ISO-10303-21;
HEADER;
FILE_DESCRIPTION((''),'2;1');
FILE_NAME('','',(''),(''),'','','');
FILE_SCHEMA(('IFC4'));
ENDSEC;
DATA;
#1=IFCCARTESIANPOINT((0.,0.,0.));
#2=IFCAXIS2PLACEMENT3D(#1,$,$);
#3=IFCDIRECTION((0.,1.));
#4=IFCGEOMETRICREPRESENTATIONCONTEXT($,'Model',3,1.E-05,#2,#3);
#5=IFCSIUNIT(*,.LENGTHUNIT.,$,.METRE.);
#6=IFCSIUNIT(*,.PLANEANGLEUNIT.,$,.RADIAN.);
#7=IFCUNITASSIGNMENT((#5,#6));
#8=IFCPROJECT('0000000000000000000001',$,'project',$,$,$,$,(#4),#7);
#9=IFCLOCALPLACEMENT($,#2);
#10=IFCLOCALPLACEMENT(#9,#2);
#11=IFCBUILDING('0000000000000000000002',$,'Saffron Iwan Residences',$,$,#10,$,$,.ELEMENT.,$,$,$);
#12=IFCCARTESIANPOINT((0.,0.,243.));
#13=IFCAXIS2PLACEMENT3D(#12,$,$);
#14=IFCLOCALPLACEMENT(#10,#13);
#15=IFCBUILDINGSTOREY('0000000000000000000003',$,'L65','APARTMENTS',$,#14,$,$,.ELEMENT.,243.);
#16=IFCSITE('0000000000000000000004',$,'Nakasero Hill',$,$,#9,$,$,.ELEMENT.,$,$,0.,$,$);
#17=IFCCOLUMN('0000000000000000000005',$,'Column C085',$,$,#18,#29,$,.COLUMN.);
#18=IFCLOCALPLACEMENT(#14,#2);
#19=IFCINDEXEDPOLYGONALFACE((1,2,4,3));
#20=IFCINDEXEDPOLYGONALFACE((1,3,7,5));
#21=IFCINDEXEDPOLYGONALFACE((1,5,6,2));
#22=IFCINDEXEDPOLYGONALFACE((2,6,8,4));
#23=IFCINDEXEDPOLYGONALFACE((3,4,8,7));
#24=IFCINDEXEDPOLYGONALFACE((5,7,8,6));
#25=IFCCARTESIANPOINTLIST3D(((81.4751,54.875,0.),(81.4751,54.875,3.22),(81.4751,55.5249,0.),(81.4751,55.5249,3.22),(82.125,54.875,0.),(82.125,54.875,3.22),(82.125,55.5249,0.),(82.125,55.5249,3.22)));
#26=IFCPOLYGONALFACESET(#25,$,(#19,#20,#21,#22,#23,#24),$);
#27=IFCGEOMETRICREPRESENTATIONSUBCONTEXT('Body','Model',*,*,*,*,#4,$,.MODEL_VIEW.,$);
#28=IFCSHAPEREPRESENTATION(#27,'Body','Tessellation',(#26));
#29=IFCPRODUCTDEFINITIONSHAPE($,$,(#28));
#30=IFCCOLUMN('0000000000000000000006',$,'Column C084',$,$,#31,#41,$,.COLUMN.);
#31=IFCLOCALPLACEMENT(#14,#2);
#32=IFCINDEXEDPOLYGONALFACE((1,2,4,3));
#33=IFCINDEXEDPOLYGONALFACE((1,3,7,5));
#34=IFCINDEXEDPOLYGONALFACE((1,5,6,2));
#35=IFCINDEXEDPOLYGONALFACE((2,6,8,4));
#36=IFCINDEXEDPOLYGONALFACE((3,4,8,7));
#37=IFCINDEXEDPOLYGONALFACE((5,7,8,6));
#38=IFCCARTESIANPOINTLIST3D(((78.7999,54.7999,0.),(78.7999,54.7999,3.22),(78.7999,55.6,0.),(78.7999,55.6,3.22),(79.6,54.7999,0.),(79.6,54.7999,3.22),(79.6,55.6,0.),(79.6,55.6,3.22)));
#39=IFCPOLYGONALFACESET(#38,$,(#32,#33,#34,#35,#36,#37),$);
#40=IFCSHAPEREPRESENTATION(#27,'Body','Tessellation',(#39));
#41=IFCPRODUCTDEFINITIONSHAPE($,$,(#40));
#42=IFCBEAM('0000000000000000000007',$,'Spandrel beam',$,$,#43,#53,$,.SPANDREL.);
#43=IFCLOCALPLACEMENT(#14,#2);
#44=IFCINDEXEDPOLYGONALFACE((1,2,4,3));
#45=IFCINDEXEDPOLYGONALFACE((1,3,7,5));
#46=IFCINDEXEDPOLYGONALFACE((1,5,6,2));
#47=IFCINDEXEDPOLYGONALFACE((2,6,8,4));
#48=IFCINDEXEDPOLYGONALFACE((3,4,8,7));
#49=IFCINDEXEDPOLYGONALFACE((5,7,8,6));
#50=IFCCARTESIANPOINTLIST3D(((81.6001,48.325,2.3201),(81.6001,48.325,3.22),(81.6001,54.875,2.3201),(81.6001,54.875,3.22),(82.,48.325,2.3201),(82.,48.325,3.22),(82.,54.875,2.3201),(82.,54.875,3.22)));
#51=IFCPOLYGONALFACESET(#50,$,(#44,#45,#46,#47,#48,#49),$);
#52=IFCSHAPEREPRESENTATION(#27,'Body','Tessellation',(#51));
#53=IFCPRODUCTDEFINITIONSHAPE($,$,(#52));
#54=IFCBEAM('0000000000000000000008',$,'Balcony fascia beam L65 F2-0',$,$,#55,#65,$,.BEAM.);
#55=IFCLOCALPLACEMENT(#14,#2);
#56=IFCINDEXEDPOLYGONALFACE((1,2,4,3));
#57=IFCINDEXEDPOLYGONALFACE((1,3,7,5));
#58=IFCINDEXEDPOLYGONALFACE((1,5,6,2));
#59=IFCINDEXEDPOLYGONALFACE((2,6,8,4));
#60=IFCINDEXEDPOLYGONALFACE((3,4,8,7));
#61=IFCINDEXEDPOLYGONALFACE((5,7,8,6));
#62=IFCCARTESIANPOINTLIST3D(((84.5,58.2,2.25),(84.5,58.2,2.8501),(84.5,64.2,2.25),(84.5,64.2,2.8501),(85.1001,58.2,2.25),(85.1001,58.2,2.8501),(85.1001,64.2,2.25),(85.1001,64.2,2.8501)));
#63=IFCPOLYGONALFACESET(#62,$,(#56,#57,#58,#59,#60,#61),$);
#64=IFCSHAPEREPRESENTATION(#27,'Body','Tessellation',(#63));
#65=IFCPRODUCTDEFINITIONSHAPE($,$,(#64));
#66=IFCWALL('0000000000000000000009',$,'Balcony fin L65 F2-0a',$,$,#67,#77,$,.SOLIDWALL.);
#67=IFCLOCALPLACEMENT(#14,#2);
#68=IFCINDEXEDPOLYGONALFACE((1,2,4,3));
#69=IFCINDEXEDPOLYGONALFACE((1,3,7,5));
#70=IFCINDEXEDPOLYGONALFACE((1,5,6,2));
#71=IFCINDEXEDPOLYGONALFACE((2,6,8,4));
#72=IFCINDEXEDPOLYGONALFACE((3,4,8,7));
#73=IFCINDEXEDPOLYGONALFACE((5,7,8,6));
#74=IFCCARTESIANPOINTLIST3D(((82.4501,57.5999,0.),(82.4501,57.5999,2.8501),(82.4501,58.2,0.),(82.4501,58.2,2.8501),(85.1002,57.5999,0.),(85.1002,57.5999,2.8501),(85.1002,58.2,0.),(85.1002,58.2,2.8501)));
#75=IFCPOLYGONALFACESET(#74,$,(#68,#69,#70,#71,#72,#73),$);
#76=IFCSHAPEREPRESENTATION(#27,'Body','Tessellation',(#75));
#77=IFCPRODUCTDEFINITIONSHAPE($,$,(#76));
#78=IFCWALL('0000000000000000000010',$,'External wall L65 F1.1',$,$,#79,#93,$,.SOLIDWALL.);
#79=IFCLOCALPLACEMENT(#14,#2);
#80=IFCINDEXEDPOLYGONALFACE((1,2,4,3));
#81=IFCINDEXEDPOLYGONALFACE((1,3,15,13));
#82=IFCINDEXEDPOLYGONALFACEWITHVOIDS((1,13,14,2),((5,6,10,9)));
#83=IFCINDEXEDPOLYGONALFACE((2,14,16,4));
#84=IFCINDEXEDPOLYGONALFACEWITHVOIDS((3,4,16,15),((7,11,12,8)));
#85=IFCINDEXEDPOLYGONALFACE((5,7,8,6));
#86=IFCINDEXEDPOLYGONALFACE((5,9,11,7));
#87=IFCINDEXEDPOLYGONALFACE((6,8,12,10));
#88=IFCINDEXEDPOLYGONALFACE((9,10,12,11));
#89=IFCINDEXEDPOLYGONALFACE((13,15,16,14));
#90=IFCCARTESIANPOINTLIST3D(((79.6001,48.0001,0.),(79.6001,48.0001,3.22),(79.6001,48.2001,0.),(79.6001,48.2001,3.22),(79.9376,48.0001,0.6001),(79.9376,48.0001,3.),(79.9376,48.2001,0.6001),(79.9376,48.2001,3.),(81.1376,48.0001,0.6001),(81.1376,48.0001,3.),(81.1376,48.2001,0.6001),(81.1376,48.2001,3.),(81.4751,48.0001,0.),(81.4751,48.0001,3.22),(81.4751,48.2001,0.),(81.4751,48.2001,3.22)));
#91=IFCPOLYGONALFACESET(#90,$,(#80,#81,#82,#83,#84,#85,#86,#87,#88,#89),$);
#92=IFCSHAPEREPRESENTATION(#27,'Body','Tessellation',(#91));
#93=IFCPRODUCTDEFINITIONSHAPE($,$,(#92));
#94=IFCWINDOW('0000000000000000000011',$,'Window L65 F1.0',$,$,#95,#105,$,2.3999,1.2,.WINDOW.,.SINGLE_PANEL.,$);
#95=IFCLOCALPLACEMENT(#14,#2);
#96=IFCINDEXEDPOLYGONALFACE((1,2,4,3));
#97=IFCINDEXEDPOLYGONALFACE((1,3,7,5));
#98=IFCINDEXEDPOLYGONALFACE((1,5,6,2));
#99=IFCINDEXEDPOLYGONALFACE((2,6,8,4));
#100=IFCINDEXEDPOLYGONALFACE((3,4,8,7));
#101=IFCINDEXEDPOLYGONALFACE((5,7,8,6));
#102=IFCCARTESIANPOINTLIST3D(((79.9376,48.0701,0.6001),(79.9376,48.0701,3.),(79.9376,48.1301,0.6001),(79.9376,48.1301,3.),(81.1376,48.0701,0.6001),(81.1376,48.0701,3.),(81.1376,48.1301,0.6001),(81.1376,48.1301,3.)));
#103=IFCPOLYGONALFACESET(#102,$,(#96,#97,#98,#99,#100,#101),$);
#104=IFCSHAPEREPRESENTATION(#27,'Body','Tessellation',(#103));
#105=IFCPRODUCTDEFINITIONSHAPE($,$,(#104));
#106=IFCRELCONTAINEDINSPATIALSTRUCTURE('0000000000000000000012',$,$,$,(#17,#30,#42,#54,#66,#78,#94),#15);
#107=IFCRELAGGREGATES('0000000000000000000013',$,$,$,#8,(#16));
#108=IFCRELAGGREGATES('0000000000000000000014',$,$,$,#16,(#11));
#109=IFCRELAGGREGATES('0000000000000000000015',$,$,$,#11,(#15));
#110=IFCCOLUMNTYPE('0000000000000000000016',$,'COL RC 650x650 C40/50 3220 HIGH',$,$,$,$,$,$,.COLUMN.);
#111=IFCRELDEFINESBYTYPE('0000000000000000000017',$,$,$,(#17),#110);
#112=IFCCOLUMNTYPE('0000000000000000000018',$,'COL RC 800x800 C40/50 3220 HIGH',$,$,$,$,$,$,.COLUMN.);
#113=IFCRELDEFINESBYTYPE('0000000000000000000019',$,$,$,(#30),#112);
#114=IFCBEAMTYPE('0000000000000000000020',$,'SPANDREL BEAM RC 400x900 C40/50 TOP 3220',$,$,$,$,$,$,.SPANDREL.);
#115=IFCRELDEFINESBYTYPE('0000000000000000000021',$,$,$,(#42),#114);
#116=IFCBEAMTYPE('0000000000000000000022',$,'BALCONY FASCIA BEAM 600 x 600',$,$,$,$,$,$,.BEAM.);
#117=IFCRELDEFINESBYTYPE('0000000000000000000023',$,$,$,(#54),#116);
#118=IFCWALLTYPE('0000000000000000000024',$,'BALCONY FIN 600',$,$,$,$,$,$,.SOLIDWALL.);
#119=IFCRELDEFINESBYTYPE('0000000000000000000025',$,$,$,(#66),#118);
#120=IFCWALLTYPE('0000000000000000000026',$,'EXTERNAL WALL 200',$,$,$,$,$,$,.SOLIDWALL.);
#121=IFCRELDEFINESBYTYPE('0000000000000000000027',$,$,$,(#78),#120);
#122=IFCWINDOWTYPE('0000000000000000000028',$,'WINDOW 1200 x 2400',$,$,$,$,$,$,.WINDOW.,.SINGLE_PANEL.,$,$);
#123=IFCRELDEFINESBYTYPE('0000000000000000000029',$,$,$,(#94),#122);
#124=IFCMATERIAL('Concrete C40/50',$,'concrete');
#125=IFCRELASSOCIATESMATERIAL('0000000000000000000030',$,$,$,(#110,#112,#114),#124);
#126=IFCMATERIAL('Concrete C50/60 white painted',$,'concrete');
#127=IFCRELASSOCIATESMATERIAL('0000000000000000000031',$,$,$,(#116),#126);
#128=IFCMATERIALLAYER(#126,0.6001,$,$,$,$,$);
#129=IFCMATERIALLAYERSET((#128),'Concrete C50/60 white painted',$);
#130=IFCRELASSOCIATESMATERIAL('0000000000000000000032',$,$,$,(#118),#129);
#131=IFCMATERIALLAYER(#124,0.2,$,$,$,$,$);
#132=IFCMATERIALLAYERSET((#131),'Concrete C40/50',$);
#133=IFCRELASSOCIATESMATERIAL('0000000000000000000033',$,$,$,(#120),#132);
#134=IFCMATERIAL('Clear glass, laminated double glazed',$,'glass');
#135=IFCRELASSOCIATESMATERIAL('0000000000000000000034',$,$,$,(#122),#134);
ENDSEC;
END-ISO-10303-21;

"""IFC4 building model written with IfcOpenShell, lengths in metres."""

from ifc_helpers import new_model, si_unit, direction, frame, frame_2d, origin, origin_2d, place, context, subcontext, project, spatial, rectangle, extrude, source, transform, mapped, material, layer, layer_set, material_profile, profile_set, type_object, element, fill, save


model = new_model("IFC4")

# Units and contexts
model_context = context("Model", 3, precision=1e-05, world=origin(), true_north=direction((0.0, 1.0)))
body_context = subcontext(model_context, "Body", "Model", "MODEL_VIEW")
ifc_project = project(units=[si_unit("LENGTHUNIT", "METRE"), si_unit("PLANEANGLEUNIT", "RADIAN")], contexts=[model_context])

# Site, building, storey
site_placement = place(None, origin())
site = spatial("IfcSite", under=ifc_project, at=site_placement, Name="Nakasero Hill", CompositionType="ELEMENT", RefElevation=0.0)
building_placement = place(site_placement, origin())
building = spatial("IfcBuilding", under=site, at=building_placement, Name="Saffron Iwan Residences", CompositionType="ELEMENT")
storey_placement = place(building_placement, frame((0.0, 0.0, 243.0)))
storey = spatial("IfcBuildingStorey", under=building, at=storey_placement, Name="L65", Description="APARTMENTS", CompositionType="ELEMENT", Elevation=243.0)

# Columns
ifc_material_1 = material(Name="Concrete C40/50", Category="concrete")
ifc_material_profile_1 = material_profile(ifc_material_1, rectangle(XDim=0.6499, YDim=0.6499, at=origin_2d()), Name="RC 650x650")
ifc_profile_set_1 = profile_set([ifc_material_profile_1], Name="Concrete C40/50")
column_type_1 = type_object("IfcColumnType", Name="COL RC 650x650 C40/50 3220 HIGH", PredefinedType="COLUMN", material=ifc_profile_set_1)
shared_shape_1 = source(origin(), body_context, "Body", "SweptSolid", [
    extrude(rectangle(XDim=0.6499, YDim=0.6499, at=origin_2d()), origin(), (0.0, 0.0, 1.0), 3.22),
])
column_1_placement = place(storey_placement, frame((81.8, 55.2, 0.0), z_axis=(0.0, 0.0, 1.0), x_axis=(1.0, 0.0, 0.0)))
element("IfcColumn", 1, at=column_1_placement, inside=storey, type_object=column_type_1, Name="Column C085", PredefinedType="COLUMN", context=body_context, shape_type="MappedRepresentation", body=[
    mapped(shared_shape_1, transform((0.0, 0.0, 0.0))),
])
ifc_material_profile_2 = material_profile(ifc_material_1, rectangle(XDim=0.8, YDim=0.8, at=origin_2d()), Name="RC 800x800")
ifc_profile_set_2 = profile_set([ifc_material_profile_2], Name="Concrete C40/50")
column_type_2 = type_object("IfcColumnType", Name="COL RC 800x800 C40/50 3220 HIGH", PredefinedType="COLUMN", material=ifc_profile_set_2)
shared_shape_2 = source(origin(), body_context, "Body", "SweptSolid", [
    extrude(rectangle(XDim=0.8, YDim=0.8, at=origin_2d()), origin(), (0.0, 0.0, 1.0), 3.22),
])
column_2_placement = place(storey_placement, frame((79.2, 55.2, 0.0), z_axis=(0.0, 0.0, 1.0), x_axis=(1.0, 0.0, 0.0)))
element("IfcColumn", 2, at=column_2_placement, inside=storey, type_object=column_type_2, Name="Column C084", PredefinedType="COLUMN", context=body_context, shape_type="MappedRepresentation", body=[
    mapped(shared_shape_2, transform((0.0, 0.0, 0.0))),
])

# Beams
ifc_material_profile_3 = material_profile(ifc_material_1, rectangle(XDim=0.3999, YDim=0.8999, at=origin_2d()), Name="RC 400x900")
ifc_profile_set_3 = profile_set([ifc_material_profile_3], Name="Concrete C40/50")
beam_type_1 = type_object("IfcBeamType", Name="SPANDREL BEAM RC 400x900 C40/50 TOP 3220", PredefinedType="SPANDREL", material=ifc_profile_set_3)
shared_shape_3 = source(origin(), body_context, "Body", "SweptSolid", [
    extrude(rectangle(XDim=0.3999, YDim=0.8999, at=origin_2d()), origin(), (0.0, 0.0, 1.0), 6.55),
])
beam_1_placement = place(storey_placement, frame((81.8, 54.875, 2.77), z_axis=(0.0, -1.0, 0.0), x_axis=(1.0, 0.0, 0.0)))
element("IfcBeam", 3, at=beam_1_placement, inside=storey, type_object=beam_type_1, Name="Spandrel beam", PredefinedType="SPANDREL", context=body_context, shape_type="MappedRepresentation", body=[
    mapped(shared_shape_3, transform((0.0, 0.0, 0.0))),
])
ifc_material_2 = material(Name="Concrete C50/60 white painted", Category="concrete")
ifc_material_profile_4 = material_profile(ifc_material_2, rectangle(XDim=0.6001, YDim=0.6001, at=origin_2d()), Name="BALCONY FASCIA BEAM 600 x 600")
ifc_profile_set_4 = profile_set([ifc_material_profile_4], Name="Concrete C50/60 white painted")
beam_type_2 = type_object("IfcBeamType", Name="BALCONY FASCIA BEAM 600 x 600", PredefinedType="BEAM", material=ifc_profile_set_4)
shared_shape_4 = source(origin(), body_context, "Body", "SweptSolid", [
    extrude(rectangle(XDim=0.6001, YDim=0.6001, at=origin_2d()), origin(), (0.0, 0.0, 1.0), 6.0),
])
beam_2_placement = place(storey_placement, frame((84.8, 58.2, 2.55), z_axis=(0.0, 1.0, 0.0), x_axis=(-1.0, 0.0, 0.0)))
element("IfcBeam", 4, at=beam_2_placement, inside=storey, type_object=beam_type_2, Name="Balcony fascia beam L65 F2-0", PredefinedType="BEAM", context=body_context, shape_type="MappedRepresentation", body=[
    mapped(shared_shape_4, transform((0.0, 0.0, 0.0))),
])

# Wall
ifc_layer_1 = layer(ifc_material_2, 0.6001)
ifc_layer_set_1 = layer_set([ifc_layer_1], Name="Concrete C50/60 white painted")
wall_type_1 = type_object("IfcWallType", Name="BALCONY FIN 600", PredefinedType="SOLIDWALL", material=ifc_layer_set_1)
wall_1_placement = place(storey_placement, frame((82.45, 57.8999, 0.0), z_axis=(0.0, 0.0, 1.0), x_axis=(1.0, 0.0, 0.0)))
element("IfcWall", 5, at=wall_1_placement, inside=storey, type_object=wall_type_1, Name="Balcony fin L65 F2-0a", PredefinedType="SOLIDWALL", context=body_context, shape_type="SweptSolid", body=[
    extrude(rectangle(XDim=2.6501, YDim=0.6001, at=frame_2d((1.3252, 0.0))), origin(), (0.0, 0.0, 1.0), 2.8501),
])

# Wall, opening, window
ifc_layer_2 = layer(ifc_material_1, 0.2)
ifc_layer_set_2 = layer_set([ifc_layer_2], Name="Concrete C40/50")
wall_type_2 = type_object("IfcWallType", Name="EXTERNAL WALL 200", PredefinedType="SOLIDWALL", material=ifc_layer_set_2)
wall_2_placement = place(storey_placement, frame((79.6001, 48.1001, 0.0), z_axis=(0.0, 0.0, 1.0), x_axis=(1.0, 0.0, 0.0)))
wall_2 = element("IfcWall", 6, at=wall_2_placement, inside=storey, type_object=wall_type_2, Name="External wall L65 F1.1", PredefinedType="SOLIDWALL", context=body_context, shape_type="SweptSolid", body=[
    extrude(rectangle(XDim=1.875, YDim=0.2, at=frame_2d((0.9375, 0.0))), origin(), (0.0, 0.0, 1.0), 3.22),
])
opening_1_placement = place(wall_2_placement, frame((0.3374, 0.0, 0.6001)))
opening_1 = element("IfcOpeningElement", 7, at=opening_1_placement, cuts=wall_2, PredefinedType="OPENING", context=body_context, shape_type="SweptSolid", body=[
    extrude(rectangle(XDim=1.2, YDim=2.3999, at=frame_2d((0.6001, 1.2))), frame((0.0, 0.1099, 0.0), z_axis=(0.0, -1.0, 0.0), x_axis=(1.0, 0.0, 0.0)), (0.0, 0.0, 1.0), 0.22),
])
ifc_material_3 = material(Name="Clear glass, laminated double glazed", Category="glass")
window_type_1 = type_object("IfcWindowType", Name="WINDOW 1200 x 2400", PartitioningType="SINGLE_PANEL", PredefinedType="WINDOW", material=ifc_material_3)
window_1_placement = place(opening_1_placement, origin())
window_1 = element("IfcWindow", 8, at=window_1_placement, inside=storey, type_object=window_type_1, Name="Window L65 F1.0", OverallHeight=2.3999, OverallWidth=1.2, PartitioningType="SINGLE_PANEL", PredefinedType="WINDOW", context=body_context, shape_type="SweptSolid", body=[
    extrude(rectangle(XDim=1.2, YDim=2.3999, at=frame_2d((0.6001, 1.2))), frame((0.0, 0.03, 0.0), z_axis=(0.0, -1.0, 0.0), x_axis=(1.0, 0.0, 0.0)), (0.0, 0.0, 1.0), 0.0601),
])
fill(opening_1, window_1)

save(model, "model.ifc")
